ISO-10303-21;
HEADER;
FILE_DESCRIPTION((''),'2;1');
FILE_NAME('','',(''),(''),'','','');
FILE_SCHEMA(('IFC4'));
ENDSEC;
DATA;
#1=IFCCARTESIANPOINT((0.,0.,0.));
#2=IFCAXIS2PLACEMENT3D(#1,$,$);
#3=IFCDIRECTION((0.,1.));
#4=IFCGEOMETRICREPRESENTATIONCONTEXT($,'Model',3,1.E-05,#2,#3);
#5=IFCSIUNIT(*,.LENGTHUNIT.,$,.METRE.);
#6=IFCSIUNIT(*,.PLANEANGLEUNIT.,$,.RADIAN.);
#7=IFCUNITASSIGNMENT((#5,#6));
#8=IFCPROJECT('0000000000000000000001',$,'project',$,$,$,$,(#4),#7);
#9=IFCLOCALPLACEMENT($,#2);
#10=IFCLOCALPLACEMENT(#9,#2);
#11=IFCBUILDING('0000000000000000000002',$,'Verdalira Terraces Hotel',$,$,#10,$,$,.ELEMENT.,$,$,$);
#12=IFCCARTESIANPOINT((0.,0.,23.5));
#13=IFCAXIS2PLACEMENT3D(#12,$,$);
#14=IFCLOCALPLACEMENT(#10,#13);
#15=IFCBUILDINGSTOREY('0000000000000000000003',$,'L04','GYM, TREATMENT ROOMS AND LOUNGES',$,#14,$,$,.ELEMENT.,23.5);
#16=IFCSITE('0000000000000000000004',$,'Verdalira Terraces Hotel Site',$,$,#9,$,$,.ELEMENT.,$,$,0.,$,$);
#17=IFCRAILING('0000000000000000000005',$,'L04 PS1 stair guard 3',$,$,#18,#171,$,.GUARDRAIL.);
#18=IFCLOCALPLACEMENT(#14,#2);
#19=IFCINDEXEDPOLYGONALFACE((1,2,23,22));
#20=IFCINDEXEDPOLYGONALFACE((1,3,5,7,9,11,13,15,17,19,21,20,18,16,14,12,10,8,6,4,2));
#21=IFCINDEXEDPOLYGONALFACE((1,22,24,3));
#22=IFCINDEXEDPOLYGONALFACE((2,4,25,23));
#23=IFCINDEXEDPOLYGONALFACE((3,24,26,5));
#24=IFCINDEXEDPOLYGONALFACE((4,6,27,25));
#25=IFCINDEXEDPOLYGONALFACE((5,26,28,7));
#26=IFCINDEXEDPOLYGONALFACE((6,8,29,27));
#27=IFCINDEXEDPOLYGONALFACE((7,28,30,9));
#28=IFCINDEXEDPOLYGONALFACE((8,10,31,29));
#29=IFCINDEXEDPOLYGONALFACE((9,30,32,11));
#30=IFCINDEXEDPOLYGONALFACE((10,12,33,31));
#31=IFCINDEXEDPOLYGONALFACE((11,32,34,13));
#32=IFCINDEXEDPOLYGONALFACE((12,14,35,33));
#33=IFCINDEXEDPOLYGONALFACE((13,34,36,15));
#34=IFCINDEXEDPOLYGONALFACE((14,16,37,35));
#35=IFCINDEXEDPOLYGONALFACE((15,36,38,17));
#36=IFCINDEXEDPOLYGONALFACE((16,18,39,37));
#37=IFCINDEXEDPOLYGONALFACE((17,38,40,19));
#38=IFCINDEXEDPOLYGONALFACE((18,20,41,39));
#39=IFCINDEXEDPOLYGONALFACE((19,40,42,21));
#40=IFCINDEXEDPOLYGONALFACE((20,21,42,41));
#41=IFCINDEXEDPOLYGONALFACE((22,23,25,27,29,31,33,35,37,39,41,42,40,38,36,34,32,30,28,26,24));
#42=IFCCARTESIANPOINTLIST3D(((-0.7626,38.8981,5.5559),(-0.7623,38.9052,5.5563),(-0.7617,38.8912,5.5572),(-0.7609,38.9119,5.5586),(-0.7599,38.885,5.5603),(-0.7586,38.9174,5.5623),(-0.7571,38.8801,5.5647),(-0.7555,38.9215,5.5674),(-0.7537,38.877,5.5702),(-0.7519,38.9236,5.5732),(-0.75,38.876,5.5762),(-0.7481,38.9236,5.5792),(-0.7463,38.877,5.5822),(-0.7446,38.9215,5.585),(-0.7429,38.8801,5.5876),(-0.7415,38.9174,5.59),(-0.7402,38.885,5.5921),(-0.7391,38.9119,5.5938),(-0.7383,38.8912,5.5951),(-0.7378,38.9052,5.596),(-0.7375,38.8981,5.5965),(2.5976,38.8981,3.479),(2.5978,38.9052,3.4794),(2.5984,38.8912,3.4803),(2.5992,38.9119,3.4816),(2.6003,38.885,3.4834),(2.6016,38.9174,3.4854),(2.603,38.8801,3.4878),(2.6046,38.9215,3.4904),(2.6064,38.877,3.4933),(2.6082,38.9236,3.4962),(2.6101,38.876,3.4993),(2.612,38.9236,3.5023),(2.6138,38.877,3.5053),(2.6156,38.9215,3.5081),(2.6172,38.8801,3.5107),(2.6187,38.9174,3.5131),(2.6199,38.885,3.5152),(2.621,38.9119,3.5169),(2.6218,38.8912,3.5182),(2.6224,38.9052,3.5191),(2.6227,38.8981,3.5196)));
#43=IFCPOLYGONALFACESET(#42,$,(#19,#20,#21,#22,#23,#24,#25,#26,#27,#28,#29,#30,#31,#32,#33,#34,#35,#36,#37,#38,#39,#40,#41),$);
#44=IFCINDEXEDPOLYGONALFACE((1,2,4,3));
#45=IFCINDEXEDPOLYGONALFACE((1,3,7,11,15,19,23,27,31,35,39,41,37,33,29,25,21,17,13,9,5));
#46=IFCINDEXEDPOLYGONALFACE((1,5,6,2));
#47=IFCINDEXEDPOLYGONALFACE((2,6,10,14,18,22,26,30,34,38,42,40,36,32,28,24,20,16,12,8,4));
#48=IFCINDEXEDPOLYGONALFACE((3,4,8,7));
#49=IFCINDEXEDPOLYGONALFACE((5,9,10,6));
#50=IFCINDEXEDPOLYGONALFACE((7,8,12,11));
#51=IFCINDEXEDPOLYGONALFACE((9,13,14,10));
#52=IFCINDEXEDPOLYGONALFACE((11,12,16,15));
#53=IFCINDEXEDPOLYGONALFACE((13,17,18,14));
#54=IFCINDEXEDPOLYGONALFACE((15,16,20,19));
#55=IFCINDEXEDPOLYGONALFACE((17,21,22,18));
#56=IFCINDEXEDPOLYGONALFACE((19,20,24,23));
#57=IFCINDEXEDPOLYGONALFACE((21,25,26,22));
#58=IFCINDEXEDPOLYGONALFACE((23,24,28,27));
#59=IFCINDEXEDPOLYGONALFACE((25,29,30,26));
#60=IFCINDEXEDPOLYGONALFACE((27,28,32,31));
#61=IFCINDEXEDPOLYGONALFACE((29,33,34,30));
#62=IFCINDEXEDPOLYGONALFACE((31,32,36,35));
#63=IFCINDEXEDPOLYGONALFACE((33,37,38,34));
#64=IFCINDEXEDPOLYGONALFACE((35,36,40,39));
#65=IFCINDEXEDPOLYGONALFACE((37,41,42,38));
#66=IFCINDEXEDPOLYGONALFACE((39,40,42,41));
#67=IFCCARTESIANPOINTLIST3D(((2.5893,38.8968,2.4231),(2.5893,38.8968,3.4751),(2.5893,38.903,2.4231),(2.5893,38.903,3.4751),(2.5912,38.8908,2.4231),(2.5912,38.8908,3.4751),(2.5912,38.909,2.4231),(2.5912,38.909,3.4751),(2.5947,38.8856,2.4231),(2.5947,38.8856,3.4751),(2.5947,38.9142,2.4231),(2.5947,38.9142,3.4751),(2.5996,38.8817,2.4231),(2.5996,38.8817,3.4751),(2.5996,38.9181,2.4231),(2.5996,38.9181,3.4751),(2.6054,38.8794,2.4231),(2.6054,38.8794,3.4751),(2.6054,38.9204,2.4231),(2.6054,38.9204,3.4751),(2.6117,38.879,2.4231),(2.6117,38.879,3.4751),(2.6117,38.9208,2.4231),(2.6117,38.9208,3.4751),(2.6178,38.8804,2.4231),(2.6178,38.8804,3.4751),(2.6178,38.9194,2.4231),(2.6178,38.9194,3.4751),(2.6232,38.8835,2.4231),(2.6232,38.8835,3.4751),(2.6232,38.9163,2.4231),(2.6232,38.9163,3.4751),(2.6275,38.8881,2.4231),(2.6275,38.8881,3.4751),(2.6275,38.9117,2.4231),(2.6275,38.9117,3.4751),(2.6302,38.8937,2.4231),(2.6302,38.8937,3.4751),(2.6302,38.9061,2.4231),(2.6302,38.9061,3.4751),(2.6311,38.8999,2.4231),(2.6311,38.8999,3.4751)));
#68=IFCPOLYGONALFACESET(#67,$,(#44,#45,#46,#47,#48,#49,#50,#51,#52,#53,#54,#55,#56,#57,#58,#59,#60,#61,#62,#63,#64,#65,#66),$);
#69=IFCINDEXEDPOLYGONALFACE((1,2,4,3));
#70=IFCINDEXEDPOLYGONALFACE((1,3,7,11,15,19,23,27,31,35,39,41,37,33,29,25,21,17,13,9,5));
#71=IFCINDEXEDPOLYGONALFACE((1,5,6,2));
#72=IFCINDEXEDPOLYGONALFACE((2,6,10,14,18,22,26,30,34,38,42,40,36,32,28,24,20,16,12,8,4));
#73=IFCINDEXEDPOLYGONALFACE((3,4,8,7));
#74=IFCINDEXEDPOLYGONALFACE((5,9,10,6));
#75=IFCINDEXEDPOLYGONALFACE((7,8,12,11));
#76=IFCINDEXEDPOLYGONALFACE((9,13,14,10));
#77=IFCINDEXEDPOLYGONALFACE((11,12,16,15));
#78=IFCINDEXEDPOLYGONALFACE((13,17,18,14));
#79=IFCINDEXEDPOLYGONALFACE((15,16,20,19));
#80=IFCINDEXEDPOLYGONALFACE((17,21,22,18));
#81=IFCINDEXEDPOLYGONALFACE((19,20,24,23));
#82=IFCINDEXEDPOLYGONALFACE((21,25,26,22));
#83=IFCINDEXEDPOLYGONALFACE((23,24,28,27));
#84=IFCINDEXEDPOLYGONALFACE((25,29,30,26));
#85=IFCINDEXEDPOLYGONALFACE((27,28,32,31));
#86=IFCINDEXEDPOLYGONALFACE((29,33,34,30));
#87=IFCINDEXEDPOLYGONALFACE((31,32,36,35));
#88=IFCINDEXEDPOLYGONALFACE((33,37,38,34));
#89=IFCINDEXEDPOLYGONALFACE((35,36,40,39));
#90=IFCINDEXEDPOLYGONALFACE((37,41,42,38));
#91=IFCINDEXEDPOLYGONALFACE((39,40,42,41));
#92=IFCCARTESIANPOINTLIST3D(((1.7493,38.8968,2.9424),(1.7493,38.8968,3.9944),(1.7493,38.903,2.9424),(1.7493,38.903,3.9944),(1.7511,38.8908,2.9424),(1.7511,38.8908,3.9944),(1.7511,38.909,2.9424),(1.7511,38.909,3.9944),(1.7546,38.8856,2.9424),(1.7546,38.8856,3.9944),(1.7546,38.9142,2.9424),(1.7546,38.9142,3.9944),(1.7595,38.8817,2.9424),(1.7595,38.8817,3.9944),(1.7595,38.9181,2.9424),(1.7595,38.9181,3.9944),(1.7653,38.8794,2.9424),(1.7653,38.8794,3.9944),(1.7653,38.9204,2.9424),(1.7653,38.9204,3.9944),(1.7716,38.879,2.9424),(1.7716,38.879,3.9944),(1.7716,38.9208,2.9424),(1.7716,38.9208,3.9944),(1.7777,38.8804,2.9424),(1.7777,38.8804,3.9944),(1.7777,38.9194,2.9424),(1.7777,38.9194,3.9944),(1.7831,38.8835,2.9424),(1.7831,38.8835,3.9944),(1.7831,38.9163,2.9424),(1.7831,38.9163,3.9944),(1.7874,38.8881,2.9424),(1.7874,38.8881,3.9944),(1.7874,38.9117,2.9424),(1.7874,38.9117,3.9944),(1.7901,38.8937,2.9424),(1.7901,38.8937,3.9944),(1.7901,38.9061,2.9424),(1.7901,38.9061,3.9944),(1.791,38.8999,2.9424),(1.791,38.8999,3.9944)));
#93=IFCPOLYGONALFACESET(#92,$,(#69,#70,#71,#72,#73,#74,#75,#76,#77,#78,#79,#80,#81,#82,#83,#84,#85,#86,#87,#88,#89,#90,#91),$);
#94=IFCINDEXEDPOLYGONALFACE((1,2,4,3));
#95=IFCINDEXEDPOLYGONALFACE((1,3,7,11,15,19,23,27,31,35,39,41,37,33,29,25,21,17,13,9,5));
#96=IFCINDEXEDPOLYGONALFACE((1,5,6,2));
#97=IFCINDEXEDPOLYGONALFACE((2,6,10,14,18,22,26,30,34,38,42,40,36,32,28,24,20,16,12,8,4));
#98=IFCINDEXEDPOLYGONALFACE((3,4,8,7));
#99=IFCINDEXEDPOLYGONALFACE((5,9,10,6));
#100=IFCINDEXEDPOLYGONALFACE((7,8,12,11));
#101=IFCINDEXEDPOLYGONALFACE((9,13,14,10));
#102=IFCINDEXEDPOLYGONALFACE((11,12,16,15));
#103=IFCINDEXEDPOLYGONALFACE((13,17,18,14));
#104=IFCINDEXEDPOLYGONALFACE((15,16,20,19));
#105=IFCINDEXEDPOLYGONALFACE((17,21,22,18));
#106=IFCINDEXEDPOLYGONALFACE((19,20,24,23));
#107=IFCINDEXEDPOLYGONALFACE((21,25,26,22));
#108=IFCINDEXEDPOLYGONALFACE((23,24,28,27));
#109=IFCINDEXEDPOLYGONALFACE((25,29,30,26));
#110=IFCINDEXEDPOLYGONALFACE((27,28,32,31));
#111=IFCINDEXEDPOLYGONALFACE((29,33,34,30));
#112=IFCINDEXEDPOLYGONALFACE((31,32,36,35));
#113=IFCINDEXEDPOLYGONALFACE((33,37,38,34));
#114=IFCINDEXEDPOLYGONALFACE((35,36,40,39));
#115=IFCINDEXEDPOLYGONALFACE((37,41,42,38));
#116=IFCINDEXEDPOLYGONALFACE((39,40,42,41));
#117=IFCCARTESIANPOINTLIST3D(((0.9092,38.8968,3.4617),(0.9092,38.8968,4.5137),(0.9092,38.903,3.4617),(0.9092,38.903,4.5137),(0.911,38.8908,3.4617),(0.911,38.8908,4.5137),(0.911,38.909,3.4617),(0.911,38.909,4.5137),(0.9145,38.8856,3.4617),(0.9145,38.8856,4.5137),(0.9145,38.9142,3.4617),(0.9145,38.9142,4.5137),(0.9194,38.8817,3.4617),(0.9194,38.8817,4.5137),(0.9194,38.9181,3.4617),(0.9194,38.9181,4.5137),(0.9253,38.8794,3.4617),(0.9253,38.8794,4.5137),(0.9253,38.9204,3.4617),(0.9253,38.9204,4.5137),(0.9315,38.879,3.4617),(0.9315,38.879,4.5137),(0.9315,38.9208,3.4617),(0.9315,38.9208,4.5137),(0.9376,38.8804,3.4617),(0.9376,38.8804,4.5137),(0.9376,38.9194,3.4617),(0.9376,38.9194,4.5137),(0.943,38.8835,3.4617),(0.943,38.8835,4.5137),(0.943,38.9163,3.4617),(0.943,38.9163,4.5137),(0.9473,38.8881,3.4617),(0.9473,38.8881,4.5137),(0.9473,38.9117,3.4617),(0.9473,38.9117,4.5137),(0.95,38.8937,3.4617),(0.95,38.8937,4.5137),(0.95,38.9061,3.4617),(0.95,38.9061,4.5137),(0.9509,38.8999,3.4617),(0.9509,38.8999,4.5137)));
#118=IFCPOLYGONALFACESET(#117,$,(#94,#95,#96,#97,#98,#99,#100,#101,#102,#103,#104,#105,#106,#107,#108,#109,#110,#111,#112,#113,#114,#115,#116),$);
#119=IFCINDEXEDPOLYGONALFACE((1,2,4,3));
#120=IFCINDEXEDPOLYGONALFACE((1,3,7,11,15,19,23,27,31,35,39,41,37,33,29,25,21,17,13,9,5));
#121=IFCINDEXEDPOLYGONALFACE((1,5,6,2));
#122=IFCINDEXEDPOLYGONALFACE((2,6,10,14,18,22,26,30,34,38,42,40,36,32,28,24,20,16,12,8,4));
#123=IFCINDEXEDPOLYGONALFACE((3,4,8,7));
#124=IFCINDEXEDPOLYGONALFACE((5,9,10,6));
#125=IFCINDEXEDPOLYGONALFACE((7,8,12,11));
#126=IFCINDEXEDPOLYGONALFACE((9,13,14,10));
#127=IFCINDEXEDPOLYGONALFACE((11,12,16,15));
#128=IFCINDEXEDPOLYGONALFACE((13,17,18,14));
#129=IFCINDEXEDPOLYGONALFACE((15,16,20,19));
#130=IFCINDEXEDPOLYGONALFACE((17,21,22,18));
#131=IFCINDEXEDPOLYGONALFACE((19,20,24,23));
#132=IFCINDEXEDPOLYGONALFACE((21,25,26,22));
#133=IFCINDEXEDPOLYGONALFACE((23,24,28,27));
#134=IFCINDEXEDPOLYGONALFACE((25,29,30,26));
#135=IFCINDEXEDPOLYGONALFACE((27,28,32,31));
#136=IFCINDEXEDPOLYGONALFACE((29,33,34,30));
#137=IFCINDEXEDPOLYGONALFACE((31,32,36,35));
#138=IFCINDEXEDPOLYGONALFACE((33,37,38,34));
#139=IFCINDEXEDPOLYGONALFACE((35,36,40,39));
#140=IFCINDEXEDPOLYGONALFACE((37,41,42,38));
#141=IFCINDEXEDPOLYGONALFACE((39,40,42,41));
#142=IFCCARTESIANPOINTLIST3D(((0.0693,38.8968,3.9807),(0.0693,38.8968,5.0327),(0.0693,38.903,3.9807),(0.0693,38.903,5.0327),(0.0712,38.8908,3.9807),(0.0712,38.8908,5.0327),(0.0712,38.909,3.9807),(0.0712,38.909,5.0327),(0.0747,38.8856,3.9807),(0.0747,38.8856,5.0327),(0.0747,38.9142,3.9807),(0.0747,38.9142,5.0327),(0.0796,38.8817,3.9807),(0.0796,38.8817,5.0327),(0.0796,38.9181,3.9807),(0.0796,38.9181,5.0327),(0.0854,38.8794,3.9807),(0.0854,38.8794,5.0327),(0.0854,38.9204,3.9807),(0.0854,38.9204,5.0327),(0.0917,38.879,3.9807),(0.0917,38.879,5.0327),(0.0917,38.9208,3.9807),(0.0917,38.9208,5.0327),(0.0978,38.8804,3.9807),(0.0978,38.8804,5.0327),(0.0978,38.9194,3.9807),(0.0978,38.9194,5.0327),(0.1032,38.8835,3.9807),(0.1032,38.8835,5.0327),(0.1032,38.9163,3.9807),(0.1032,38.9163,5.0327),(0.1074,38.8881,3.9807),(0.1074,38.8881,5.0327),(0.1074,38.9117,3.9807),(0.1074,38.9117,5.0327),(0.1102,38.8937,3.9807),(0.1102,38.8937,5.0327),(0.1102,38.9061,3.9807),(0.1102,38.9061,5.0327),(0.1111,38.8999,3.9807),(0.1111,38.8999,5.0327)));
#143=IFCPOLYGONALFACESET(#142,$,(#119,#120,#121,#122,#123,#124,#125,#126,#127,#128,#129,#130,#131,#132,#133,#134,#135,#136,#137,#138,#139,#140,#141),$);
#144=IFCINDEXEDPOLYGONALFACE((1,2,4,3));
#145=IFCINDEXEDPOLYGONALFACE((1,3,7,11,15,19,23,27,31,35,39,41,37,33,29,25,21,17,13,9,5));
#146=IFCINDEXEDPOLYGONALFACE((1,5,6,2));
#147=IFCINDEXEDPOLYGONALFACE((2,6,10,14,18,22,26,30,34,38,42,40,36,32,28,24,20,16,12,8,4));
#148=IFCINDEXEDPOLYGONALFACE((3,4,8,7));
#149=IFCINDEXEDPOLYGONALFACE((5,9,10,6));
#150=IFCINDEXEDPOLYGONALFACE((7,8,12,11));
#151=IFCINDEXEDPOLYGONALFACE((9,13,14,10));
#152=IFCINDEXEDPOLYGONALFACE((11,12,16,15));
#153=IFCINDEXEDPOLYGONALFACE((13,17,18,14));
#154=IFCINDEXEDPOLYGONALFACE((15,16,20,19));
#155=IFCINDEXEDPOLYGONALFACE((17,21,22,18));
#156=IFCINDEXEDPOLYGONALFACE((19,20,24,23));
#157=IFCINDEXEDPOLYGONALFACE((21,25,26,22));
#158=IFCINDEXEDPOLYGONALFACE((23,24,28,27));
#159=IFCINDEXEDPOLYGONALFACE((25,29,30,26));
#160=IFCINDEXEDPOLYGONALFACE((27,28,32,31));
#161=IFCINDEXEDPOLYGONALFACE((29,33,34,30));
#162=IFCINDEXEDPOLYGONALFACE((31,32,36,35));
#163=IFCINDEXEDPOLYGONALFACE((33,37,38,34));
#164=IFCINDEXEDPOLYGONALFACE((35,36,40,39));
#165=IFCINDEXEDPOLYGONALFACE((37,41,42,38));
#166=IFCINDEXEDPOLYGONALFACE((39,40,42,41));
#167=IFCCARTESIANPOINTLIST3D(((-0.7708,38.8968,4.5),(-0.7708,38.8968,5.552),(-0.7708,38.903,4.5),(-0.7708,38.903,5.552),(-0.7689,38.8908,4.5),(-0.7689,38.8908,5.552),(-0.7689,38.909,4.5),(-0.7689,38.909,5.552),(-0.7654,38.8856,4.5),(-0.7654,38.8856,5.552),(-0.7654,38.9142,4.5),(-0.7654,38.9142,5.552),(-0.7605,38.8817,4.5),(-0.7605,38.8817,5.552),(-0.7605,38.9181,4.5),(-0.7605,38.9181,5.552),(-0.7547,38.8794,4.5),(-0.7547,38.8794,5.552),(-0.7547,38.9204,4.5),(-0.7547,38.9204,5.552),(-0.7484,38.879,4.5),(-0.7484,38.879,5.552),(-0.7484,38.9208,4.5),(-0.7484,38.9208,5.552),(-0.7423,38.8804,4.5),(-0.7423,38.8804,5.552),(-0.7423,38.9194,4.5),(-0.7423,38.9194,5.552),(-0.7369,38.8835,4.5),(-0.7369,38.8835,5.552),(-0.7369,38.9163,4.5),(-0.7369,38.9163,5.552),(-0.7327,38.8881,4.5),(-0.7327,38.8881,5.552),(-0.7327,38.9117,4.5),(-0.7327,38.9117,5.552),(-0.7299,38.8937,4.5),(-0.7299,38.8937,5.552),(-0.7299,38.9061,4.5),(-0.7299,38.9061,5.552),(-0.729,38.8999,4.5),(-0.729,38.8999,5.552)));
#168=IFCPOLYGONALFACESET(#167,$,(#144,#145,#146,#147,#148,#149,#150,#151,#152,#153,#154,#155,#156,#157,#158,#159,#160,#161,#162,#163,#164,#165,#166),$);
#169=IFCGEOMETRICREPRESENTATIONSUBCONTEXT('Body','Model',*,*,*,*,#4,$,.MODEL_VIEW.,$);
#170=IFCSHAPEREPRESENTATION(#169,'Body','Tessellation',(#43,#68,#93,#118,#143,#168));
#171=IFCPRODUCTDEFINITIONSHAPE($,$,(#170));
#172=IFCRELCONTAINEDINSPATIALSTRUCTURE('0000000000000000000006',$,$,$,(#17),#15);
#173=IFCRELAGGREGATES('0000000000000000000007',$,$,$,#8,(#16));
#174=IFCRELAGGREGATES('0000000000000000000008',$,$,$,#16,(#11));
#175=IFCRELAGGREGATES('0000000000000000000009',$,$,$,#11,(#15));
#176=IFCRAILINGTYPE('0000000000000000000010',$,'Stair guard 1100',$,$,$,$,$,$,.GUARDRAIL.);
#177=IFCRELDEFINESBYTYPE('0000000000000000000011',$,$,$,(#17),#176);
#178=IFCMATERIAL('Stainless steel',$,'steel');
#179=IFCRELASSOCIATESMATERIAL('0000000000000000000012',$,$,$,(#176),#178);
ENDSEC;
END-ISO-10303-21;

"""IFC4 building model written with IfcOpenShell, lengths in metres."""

from ifc_helpers import new_model, si_unit, direction, frame, origin, origin_2d, place, context, subcontext, project, spatial, circle, extrude, material, type_object, element, save


model = new_model("IFC4")

# Units and contexts
model_context = context("Model", 3, precision=1e-05, world=origin(), true_north=direction((0.0, 1.0)))
body_context = subcontext(model_context, "Body", "Model", "MODEL_VIEW")
ifc_project = project(units=[si_unit("LENGTHUNIT", "METRE"), si_unit("PLANEANGLEUNIT", "RADIAN")], contexts=[model_context])

# Site, building, storey
site_placement = place(None, origin())
site = spatial("IfcSite", under=ifc_project, at=site_placement, Name="Verdalira Terraces Hotel Site", CompositionType="ELEMENT", RefElevation=0.0)
building_placement = place(site_placement, origin())
building = spatial("IfcBuilding", under=site, at=building_placement, Name="Verdalira Terraces Hotel", CompositionType="ELEMENT")
storey_placement = place(building_placement, frame((0.0, 0.0, 23.5)))
storey = spatial("IfcBuildingStorey", under=building, at=storey_placement, Name="L04", Description="GYM, TREATMENT ROOMS AND LOUNGES", CompositionType="ELEMENT", Elevation=23.5)

# Railing
ifc_material_1 = material(Name="Stainless steel", Category="steel")
railing_type_1 = type_object("IfcRailingType", Name="Stair guard 1100", PredefinedType="GUARDRAIL", material=ifc_material_1)
railing_1_placement = place(storey_placement, frame((2.6101, 38.8999, 2.4231)))
element("IfcRailing", 1, at=railing_1_placement, inside=storey, type_object=railing_type_1, Name="L04 PS1 stair guard 3", PredefinedType="GUARDRAIL", context=body_context, shape_type="SweptSolid", body=[
    extrude(circle(Radius=0.0239, at=origin_2d()), frame((0.0, 0.0, 1.0762), z_axis=(-0.850623, 0.0, 0.525776), x_axis=(0.0, -1.0, 0.0)), (0.0, 0.0, 1.0), 3.9502),
    extrude(circle(Radius=0.021, at=origin_2d()), origin(), (0.0, 0.0, 1.0), 1.052),
    extrude(circle(Radius=0.021, at=origin_2d()), frame((-0.8401, 0.0, 0.5193)), (0.0, 0.0, 1.0), 1.052),
    extrude(circle(Radius=0.021, at=origin_2d()), frame((-1.6802, 0.0, 1.0386)), (0.0, 0.0, 1.0), 1.052),
    extrude(circle(Radius=0.021, at=origin_2d()), frame((-2.52, 0.0, 1.5576)), (0.0, 0.0, 1.0), 1.052),
    extrude(circle(Radius=0.021, at=origin_2d()), frame((-3.3601, 0.0, 2.0769)), (0.0, 0.0, 1.0), 1.052),
])

save(model, "model.ifc")
